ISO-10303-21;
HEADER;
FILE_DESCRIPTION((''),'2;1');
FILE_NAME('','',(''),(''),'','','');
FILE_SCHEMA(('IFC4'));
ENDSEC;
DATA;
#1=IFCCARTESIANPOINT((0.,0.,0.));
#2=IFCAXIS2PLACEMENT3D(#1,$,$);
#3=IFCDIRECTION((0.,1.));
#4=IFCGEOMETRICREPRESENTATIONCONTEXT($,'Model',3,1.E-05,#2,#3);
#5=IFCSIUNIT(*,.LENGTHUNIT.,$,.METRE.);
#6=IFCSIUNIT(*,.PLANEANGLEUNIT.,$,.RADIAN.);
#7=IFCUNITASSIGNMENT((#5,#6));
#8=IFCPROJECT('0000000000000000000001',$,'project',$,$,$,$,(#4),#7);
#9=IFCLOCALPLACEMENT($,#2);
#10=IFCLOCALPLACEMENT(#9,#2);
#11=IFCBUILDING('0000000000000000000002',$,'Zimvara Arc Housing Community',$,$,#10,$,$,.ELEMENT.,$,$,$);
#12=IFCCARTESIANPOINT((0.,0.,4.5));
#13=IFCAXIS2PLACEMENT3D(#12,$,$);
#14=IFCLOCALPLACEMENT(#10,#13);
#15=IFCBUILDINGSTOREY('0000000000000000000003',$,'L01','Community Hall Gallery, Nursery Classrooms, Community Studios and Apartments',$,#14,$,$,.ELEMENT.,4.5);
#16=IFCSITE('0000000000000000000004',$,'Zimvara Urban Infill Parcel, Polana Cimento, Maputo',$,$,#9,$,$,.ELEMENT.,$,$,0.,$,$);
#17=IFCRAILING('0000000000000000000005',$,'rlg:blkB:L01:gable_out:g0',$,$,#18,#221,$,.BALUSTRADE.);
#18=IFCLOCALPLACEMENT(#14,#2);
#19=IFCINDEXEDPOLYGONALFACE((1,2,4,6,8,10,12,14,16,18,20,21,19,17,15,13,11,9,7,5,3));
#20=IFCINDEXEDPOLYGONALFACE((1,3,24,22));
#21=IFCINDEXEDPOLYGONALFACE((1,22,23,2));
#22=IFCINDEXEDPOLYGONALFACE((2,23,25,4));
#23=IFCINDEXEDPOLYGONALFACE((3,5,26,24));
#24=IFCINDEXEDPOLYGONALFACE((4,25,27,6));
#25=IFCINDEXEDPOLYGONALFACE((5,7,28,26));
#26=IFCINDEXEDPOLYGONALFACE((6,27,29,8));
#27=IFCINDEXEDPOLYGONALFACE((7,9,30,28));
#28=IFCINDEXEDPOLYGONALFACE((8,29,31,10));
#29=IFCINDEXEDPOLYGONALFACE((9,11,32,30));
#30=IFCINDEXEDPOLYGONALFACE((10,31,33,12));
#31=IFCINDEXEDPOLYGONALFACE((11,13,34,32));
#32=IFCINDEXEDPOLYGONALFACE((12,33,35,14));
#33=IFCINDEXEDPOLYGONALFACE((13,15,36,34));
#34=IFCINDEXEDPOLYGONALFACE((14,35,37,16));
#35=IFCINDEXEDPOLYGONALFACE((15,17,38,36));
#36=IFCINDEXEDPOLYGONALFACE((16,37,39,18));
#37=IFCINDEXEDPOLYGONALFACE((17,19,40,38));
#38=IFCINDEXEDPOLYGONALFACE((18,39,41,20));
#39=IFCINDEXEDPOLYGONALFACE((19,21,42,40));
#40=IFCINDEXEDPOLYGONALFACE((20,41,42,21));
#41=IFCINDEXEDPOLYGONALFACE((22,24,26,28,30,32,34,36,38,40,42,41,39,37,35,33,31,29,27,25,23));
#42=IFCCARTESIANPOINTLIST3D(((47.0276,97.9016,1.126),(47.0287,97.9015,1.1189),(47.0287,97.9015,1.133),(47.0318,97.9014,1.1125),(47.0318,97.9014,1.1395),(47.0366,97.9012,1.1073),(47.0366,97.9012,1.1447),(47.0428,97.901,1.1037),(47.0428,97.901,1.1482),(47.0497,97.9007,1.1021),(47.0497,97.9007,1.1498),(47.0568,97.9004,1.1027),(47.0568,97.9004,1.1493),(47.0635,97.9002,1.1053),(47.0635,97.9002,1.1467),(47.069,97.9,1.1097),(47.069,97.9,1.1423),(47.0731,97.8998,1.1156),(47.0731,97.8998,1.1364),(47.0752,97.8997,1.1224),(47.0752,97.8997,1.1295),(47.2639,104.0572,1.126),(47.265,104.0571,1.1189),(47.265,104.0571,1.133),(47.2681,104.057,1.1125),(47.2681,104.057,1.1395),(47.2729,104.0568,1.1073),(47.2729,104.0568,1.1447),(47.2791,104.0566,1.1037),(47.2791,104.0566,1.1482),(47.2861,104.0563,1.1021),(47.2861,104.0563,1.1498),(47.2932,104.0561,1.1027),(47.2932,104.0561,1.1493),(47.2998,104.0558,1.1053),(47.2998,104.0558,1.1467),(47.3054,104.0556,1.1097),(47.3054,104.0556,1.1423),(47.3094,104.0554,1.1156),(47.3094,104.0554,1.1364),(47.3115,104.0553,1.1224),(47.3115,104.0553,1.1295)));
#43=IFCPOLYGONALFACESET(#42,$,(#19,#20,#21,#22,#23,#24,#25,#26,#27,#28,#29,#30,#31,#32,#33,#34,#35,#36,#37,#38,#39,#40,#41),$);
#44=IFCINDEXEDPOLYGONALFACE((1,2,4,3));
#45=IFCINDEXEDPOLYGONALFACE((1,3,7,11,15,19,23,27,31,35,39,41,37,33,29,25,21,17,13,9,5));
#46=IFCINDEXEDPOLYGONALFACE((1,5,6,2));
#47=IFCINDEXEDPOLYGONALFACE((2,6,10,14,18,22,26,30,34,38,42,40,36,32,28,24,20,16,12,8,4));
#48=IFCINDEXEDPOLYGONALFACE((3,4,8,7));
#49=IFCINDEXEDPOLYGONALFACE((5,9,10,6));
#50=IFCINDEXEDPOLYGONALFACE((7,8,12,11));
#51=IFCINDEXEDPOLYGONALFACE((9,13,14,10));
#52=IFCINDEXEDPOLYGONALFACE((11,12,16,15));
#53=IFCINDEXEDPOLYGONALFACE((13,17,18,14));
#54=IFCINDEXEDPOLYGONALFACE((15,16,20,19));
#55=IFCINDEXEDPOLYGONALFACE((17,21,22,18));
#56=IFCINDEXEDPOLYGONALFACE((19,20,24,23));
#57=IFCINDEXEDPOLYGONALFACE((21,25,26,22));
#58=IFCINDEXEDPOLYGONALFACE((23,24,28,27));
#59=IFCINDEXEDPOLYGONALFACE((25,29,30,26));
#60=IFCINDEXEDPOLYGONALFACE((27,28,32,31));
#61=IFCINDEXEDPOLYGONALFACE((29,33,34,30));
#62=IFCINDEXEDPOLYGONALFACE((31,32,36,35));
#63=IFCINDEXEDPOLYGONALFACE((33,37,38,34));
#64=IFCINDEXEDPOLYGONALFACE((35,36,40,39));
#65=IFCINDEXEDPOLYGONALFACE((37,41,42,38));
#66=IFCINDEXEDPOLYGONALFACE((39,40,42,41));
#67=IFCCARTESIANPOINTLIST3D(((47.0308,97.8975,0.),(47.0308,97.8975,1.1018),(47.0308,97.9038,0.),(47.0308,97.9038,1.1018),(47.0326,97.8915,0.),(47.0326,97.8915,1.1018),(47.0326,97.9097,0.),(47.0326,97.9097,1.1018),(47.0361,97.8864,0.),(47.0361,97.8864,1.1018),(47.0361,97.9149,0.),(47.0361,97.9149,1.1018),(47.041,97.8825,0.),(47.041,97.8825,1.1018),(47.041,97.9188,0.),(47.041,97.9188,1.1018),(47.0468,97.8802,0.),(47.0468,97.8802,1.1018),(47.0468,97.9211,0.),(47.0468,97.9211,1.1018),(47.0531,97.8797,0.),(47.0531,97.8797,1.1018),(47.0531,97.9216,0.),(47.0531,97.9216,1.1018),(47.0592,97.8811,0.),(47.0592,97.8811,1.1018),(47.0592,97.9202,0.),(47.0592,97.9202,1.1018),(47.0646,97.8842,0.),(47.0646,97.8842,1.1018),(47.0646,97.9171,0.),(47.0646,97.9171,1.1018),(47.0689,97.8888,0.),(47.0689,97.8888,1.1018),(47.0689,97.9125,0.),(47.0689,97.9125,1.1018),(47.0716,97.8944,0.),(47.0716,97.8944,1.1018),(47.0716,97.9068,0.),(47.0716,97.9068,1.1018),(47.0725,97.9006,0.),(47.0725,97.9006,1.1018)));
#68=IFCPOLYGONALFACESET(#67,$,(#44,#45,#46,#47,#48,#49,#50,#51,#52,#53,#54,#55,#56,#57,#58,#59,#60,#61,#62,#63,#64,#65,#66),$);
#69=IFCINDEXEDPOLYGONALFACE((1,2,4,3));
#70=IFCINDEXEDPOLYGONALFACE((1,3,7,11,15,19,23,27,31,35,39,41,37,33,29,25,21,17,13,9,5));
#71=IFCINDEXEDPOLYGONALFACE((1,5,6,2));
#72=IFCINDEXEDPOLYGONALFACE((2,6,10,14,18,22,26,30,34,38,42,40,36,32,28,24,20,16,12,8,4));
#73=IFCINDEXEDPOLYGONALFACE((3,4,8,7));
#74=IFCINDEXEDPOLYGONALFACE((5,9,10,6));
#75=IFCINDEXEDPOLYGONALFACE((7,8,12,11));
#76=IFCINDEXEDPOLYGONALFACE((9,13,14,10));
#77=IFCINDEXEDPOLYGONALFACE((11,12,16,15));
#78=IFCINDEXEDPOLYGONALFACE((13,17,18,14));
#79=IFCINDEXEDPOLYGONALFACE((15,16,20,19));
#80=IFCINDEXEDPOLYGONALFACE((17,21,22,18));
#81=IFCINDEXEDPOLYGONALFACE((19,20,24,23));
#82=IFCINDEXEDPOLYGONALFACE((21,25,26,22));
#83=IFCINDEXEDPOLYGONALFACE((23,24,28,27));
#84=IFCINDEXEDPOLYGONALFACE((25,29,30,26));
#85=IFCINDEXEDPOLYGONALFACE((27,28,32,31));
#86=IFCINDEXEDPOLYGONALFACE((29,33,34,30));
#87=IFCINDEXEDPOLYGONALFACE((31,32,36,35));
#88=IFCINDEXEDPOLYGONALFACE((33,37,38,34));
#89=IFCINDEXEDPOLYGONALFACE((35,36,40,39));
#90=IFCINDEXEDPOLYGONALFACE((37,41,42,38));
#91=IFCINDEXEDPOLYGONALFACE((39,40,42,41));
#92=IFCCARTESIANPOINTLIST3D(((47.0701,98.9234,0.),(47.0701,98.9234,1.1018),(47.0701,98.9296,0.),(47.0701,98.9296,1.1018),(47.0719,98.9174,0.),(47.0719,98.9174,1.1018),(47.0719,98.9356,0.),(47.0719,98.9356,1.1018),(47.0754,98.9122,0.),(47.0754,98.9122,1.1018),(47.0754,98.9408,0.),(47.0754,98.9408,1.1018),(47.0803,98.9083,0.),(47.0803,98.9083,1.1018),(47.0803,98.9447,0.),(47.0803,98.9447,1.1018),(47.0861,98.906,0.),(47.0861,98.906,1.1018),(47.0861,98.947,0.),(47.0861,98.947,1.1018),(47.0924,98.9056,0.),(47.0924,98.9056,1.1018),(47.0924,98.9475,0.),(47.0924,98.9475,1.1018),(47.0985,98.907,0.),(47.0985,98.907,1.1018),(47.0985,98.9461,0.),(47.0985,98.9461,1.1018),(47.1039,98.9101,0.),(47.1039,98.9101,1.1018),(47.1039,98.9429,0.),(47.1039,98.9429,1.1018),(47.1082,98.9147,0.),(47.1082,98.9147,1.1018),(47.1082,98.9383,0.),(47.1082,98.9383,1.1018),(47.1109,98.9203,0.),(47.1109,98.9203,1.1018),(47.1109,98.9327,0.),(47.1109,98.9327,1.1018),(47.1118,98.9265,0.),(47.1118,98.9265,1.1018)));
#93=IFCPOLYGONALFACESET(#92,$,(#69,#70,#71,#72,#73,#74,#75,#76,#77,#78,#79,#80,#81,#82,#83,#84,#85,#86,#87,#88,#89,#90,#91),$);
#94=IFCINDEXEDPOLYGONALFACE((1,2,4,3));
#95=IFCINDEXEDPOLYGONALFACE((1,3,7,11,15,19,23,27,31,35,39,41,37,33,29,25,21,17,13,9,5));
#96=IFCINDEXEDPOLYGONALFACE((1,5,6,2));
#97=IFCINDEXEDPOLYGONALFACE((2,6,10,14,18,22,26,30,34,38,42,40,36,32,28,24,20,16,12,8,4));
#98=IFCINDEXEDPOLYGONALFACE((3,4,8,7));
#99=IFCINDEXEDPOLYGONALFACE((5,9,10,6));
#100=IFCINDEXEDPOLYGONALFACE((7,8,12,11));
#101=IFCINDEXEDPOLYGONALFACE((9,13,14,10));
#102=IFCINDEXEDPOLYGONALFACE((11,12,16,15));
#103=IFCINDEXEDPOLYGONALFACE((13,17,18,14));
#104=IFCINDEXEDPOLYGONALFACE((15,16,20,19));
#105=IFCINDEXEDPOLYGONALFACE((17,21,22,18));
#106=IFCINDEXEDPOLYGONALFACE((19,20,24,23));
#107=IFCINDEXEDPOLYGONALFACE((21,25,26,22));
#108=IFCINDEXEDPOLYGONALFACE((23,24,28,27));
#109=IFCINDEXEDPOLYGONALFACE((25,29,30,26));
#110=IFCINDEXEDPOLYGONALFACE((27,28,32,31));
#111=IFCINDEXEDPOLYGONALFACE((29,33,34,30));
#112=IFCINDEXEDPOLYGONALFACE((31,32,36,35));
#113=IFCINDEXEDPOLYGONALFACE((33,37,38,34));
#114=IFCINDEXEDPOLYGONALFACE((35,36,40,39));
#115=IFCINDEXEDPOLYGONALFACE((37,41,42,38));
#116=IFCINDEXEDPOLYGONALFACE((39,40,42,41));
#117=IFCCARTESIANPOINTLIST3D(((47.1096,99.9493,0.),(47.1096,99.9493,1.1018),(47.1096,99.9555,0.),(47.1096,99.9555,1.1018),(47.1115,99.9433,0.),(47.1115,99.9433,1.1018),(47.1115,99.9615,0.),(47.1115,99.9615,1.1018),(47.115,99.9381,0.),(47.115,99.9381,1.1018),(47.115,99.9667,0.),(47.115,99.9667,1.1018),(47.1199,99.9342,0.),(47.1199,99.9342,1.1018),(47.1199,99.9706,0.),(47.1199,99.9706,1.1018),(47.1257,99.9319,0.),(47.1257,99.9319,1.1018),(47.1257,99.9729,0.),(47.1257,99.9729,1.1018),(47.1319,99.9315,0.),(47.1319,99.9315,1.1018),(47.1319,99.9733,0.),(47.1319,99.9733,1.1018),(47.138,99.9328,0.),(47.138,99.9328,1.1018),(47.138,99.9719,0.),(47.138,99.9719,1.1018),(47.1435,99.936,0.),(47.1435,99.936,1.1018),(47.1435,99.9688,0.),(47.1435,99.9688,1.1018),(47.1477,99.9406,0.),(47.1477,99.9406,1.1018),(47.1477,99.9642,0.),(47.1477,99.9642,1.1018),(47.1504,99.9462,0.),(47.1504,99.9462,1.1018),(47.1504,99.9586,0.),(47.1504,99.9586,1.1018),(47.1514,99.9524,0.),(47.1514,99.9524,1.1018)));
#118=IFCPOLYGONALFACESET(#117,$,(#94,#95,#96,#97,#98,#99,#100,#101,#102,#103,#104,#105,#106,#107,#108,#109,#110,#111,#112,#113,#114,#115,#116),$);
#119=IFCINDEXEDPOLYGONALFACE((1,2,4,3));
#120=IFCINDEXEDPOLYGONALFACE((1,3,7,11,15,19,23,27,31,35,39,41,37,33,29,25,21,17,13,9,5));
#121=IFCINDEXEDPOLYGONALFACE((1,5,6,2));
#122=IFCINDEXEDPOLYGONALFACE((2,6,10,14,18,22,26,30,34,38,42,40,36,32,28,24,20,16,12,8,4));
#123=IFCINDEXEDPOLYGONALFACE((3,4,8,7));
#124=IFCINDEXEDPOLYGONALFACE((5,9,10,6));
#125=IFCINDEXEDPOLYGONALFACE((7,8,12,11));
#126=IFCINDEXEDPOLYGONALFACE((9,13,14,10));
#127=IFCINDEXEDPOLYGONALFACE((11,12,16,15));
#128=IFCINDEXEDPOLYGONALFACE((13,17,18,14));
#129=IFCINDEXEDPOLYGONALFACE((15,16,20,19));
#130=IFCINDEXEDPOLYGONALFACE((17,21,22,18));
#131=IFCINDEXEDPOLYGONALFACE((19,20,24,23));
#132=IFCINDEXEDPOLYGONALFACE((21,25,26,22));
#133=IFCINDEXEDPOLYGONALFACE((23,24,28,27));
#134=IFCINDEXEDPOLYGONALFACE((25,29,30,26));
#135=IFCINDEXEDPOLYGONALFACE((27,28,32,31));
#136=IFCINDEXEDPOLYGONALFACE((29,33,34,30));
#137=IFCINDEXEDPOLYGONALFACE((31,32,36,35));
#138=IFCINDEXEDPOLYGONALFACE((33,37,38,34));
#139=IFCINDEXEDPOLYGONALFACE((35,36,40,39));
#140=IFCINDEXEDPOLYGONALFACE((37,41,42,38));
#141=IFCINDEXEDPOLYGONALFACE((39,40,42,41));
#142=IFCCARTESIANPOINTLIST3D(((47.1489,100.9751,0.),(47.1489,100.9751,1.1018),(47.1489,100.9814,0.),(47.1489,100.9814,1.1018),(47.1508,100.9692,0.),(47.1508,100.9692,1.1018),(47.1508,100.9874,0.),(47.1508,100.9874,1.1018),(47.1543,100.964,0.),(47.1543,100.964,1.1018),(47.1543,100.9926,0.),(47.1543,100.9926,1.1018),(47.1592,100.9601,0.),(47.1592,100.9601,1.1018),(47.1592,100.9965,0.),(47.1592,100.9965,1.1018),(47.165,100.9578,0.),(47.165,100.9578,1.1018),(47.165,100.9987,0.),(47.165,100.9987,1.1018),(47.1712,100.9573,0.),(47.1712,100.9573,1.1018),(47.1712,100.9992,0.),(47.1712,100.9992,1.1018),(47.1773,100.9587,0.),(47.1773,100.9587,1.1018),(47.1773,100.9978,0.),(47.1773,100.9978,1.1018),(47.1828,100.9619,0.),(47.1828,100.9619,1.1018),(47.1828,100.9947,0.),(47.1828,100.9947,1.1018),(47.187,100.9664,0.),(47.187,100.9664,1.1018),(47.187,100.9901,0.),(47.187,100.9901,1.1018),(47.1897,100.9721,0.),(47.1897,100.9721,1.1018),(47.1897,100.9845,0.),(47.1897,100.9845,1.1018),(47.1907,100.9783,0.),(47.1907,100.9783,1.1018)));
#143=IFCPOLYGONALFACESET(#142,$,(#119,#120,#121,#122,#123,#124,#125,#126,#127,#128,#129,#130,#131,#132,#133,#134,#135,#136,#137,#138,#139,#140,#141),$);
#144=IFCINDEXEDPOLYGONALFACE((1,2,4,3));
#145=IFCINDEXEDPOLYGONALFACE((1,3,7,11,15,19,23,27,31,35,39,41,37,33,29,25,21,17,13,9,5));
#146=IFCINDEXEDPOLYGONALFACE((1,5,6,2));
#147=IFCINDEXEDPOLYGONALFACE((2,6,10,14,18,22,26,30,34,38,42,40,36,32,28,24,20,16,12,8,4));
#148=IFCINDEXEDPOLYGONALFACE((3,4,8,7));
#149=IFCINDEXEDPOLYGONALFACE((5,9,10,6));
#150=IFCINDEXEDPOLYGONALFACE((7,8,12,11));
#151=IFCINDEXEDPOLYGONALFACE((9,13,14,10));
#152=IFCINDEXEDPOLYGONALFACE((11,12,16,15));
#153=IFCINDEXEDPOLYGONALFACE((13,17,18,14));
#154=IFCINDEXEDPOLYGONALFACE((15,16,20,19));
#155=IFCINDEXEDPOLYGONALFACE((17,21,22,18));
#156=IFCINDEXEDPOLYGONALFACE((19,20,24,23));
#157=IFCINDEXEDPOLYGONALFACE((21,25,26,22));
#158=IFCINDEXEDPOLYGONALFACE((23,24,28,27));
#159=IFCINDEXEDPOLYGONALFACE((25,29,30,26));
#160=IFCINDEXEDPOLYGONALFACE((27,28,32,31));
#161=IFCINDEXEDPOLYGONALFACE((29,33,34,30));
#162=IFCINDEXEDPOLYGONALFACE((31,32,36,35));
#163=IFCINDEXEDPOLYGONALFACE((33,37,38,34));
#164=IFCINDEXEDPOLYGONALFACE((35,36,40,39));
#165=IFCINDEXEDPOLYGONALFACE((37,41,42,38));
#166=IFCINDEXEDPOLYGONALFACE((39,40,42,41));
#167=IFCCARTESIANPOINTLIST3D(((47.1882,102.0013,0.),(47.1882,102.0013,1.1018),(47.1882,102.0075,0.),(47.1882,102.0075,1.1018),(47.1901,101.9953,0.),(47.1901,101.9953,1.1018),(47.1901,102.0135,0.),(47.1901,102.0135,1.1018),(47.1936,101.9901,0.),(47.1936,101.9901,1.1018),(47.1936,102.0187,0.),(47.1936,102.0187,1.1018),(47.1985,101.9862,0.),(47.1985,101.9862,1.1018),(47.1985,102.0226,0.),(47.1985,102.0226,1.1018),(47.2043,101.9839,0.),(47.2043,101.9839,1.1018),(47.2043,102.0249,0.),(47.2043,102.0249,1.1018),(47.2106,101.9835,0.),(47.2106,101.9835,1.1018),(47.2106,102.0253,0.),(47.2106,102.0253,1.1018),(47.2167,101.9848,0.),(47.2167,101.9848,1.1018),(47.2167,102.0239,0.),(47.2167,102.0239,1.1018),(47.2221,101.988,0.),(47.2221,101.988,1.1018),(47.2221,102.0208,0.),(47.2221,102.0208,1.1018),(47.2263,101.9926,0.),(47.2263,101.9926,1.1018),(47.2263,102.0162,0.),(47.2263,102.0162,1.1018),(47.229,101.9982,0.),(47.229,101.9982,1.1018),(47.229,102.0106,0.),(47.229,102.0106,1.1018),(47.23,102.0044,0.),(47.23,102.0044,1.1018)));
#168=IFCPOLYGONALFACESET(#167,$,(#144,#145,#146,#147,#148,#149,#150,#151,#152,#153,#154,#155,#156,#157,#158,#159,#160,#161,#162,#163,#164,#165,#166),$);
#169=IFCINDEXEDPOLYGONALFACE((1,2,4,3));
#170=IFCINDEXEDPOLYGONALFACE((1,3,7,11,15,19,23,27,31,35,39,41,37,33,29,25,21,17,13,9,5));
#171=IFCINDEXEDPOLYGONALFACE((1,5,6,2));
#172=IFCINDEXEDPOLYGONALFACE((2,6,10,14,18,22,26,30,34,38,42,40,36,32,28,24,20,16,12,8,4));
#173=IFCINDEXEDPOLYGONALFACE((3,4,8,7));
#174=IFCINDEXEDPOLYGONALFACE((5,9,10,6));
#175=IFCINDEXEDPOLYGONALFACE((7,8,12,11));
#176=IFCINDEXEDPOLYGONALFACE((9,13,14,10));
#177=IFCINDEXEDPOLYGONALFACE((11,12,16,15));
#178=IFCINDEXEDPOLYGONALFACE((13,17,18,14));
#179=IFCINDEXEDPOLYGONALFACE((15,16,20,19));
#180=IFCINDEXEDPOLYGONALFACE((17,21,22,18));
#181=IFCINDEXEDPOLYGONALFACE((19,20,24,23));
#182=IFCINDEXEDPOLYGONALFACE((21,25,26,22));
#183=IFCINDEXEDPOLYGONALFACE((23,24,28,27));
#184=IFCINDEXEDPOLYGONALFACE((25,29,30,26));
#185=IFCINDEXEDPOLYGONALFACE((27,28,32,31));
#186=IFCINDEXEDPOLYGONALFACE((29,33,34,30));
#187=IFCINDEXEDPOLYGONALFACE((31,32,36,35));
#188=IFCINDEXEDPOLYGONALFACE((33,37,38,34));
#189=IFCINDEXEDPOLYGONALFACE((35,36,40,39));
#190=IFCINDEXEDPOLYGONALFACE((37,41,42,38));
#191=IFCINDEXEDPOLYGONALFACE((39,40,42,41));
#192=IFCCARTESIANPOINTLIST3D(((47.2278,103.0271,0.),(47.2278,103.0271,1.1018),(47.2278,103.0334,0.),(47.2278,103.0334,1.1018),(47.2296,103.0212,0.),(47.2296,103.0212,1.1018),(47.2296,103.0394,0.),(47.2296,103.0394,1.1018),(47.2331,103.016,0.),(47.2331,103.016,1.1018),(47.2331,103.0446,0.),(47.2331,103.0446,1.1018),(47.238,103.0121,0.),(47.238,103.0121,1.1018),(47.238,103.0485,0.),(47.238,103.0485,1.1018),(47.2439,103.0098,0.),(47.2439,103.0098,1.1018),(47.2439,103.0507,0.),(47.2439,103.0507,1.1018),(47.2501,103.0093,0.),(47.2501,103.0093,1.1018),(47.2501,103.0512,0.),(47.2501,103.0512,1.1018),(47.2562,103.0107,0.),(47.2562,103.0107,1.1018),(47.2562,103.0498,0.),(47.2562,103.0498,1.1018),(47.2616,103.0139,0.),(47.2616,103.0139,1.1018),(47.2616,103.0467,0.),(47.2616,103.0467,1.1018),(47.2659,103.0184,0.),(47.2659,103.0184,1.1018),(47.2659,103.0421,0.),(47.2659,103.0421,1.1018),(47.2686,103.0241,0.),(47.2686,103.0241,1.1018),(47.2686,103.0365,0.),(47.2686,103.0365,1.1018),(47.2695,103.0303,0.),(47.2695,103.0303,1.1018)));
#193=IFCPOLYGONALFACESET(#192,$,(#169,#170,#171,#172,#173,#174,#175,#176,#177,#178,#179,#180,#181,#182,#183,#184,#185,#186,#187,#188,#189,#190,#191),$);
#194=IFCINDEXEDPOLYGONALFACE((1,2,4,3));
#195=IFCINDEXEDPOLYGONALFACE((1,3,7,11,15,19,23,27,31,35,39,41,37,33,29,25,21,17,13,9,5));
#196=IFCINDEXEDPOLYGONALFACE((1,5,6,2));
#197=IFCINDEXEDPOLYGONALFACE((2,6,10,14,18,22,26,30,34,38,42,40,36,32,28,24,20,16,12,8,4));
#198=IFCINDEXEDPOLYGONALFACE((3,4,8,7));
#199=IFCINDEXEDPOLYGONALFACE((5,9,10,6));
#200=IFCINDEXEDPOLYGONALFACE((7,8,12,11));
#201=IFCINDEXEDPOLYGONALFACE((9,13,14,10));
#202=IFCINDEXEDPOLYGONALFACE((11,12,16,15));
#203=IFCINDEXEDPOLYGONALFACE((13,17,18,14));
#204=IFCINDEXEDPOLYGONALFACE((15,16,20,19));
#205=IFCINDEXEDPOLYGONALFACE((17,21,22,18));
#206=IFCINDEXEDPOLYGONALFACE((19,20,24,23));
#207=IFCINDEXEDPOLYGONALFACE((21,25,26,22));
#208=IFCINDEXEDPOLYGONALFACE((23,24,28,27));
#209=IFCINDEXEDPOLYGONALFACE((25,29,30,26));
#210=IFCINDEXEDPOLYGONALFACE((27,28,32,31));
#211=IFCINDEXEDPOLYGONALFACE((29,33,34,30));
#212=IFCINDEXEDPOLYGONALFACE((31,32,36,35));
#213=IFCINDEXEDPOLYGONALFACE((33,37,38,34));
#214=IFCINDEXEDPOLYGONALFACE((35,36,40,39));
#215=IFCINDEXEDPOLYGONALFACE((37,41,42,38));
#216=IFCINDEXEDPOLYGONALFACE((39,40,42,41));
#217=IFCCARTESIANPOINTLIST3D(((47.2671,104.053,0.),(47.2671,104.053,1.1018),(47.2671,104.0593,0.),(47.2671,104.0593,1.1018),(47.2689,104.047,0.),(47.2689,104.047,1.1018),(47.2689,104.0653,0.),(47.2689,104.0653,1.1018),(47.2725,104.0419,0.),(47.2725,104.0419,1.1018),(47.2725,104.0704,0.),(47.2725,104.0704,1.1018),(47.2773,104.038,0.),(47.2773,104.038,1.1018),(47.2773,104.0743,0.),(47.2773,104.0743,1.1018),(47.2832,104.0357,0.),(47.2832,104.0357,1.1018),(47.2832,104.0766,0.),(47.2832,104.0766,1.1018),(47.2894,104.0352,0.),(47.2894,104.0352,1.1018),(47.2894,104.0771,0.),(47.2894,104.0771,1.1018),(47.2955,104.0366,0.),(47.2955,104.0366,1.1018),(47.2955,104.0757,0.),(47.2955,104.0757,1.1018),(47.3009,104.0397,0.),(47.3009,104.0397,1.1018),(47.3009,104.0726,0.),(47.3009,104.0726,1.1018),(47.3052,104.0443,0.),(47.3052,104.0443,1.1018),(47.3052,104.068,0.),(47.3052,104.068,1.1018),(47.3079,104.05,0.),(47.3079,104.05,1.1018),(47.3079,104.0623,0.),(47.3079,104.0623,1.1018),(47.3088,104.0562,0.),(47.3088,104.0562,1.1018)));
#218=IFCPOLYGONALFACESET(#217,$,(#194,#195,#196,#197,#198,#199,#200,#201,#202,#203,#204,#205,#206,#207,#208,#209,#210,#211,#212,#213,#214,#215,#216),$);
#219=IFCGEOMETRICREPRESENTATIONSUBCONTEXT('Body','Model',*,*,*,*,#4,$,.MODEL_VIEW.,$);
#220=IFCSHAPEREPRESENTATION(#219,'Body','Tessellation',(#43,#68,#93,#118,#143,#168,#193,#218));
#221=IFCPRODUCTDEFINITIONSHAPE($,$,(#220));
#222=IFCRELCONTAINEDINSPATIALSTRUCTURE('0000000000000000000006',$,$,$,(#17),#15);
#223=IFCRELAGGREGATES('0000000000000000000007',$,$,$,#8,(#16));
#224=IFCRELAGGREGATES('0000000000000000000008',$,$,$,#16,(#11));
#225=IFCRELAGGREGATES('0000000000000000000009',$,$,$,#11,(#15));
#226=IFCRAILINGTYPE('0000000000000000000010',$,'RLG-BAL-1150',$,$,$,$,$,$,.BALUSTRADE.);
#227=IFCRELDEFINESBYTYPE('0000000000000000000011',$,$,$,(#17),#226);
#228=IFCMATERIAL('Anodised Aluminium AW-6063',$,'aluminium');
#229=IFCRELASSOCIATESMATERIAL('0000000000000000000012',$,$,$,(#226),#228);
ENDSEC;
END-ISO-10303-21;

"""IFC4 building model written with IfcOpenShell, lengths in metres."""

from ifc_helpers import new_model, si_unit, direction, frame, origin, origin_2d, place, context, subcontext, project, spatial, circle, extrude, material, type_object, element, save


model = new_model("IFC4")

# Units and contexts
model_context = context("Model", 3, precision=1e-05, world=origin(), true_north=direction((0.0, 1.0)))
body_context = subcontext(model_context, "Body", "Model", "MODEL_VIEW")
ifc_project = project(units=[si_unit("LENGTHUNIT", "METRE"), si_unit("PLANEANGLEUNIT", "RADIAN")], contexts=[model_context])

# Site, building, storey
site_placement = place(None, origin())
site = spatial("IfcSite", under=ifc_project, at=site_placement, Name="Zimvara Urban Infill Parcel, Polana Cimento, Maputo", CompositionType="ELEMENT", RefElevation=0.0)
building_placement = place(site_placement, origin())
building = spatial("IfcBuilding", under=site, at=building_placement, Name="Zimvara Arc Housing Community", CompositionType="ELEMENT")
storey_placement = place(building_placement, frame((0.0, 0.0, 4.5)))
storey = spatial("IfcBuildingStorey", under=building, at=storey_placement, Name="L01", Description="Community Hall Gallery, Nursery Classrooms, Community Studios and Apartments", CompositionType="ELEMENT", Elevation=4.5)

# Railing
ifc_material_1 = material(Name="Anodised Aluminium AW-6063", Category="aluminium")
railing_type_1 = type_object("IfcRailingType", Name="RLG-BAL-1150", PredefinedType="BALUSTRADE", material=ifc_material_1)
railing_1_placement = place(storey_placement, frame((47.0515, 97.9006, 0.0)))
element("IfcRailing", 1, at=railing_1_placement, inside=storey, type_object=railing_type_1, Name="rlg:blkB:L01:gable_out:g0", PredefinedType="BALUSTRADE", context=body_context, shape_type="SweptSolid", body=[
    extrude(circle(Radius=0.0239, at=origin_2d()), frame((0.0, 0.0, 1.126), z_axis=(0.038365, 0.999264, 0.0), x_axis=(-0.999264, 0.038365, 0.0)), (0.0, 0.0, 1.0), 6.1602),
    extrude(circle(Radius=0.021, at=origin_2d()), origin(), (0.0, 0.0, 1.0), 1.1018),
    extrude(circle(Radius=0.021, at=origin_2d()), frame((0.0393, 1.0259, 0.0)), (0.0, 0.0, 1.0), 1.1018),
    extrude(circle(Radius=0.021, at=origin_2d()), frame((0.0789, 2.0518, 0.0)), (0.0, 0.0, 1.0), 1.1018),
    extrude(circle(Radius=0.021, at=origin_2d()), frame((0.1182, 3.0776, 0.0)), (0.0, 0.0, 1.0), 1.1018),
    extrude(circle(Radius=0.021, at=origin_2d()), frame((0.1575, 4.1038, 0.0)), (0.0, 0.0, 1.0), 1.1018),
    extrude(circle(Radius=0.021, at=origin_2d()), frame((0.197, 5.1296, 0.0)), (0.0, 0.0, 1.0), 1.1018),
    extrude(circle(Radius=0.021, at=origin_2d()), frame((0.2363, 6.1555, 0.0)), (0.0, 0.0, 1.0), 1.1018),
])

save(model, "model.ifc")
